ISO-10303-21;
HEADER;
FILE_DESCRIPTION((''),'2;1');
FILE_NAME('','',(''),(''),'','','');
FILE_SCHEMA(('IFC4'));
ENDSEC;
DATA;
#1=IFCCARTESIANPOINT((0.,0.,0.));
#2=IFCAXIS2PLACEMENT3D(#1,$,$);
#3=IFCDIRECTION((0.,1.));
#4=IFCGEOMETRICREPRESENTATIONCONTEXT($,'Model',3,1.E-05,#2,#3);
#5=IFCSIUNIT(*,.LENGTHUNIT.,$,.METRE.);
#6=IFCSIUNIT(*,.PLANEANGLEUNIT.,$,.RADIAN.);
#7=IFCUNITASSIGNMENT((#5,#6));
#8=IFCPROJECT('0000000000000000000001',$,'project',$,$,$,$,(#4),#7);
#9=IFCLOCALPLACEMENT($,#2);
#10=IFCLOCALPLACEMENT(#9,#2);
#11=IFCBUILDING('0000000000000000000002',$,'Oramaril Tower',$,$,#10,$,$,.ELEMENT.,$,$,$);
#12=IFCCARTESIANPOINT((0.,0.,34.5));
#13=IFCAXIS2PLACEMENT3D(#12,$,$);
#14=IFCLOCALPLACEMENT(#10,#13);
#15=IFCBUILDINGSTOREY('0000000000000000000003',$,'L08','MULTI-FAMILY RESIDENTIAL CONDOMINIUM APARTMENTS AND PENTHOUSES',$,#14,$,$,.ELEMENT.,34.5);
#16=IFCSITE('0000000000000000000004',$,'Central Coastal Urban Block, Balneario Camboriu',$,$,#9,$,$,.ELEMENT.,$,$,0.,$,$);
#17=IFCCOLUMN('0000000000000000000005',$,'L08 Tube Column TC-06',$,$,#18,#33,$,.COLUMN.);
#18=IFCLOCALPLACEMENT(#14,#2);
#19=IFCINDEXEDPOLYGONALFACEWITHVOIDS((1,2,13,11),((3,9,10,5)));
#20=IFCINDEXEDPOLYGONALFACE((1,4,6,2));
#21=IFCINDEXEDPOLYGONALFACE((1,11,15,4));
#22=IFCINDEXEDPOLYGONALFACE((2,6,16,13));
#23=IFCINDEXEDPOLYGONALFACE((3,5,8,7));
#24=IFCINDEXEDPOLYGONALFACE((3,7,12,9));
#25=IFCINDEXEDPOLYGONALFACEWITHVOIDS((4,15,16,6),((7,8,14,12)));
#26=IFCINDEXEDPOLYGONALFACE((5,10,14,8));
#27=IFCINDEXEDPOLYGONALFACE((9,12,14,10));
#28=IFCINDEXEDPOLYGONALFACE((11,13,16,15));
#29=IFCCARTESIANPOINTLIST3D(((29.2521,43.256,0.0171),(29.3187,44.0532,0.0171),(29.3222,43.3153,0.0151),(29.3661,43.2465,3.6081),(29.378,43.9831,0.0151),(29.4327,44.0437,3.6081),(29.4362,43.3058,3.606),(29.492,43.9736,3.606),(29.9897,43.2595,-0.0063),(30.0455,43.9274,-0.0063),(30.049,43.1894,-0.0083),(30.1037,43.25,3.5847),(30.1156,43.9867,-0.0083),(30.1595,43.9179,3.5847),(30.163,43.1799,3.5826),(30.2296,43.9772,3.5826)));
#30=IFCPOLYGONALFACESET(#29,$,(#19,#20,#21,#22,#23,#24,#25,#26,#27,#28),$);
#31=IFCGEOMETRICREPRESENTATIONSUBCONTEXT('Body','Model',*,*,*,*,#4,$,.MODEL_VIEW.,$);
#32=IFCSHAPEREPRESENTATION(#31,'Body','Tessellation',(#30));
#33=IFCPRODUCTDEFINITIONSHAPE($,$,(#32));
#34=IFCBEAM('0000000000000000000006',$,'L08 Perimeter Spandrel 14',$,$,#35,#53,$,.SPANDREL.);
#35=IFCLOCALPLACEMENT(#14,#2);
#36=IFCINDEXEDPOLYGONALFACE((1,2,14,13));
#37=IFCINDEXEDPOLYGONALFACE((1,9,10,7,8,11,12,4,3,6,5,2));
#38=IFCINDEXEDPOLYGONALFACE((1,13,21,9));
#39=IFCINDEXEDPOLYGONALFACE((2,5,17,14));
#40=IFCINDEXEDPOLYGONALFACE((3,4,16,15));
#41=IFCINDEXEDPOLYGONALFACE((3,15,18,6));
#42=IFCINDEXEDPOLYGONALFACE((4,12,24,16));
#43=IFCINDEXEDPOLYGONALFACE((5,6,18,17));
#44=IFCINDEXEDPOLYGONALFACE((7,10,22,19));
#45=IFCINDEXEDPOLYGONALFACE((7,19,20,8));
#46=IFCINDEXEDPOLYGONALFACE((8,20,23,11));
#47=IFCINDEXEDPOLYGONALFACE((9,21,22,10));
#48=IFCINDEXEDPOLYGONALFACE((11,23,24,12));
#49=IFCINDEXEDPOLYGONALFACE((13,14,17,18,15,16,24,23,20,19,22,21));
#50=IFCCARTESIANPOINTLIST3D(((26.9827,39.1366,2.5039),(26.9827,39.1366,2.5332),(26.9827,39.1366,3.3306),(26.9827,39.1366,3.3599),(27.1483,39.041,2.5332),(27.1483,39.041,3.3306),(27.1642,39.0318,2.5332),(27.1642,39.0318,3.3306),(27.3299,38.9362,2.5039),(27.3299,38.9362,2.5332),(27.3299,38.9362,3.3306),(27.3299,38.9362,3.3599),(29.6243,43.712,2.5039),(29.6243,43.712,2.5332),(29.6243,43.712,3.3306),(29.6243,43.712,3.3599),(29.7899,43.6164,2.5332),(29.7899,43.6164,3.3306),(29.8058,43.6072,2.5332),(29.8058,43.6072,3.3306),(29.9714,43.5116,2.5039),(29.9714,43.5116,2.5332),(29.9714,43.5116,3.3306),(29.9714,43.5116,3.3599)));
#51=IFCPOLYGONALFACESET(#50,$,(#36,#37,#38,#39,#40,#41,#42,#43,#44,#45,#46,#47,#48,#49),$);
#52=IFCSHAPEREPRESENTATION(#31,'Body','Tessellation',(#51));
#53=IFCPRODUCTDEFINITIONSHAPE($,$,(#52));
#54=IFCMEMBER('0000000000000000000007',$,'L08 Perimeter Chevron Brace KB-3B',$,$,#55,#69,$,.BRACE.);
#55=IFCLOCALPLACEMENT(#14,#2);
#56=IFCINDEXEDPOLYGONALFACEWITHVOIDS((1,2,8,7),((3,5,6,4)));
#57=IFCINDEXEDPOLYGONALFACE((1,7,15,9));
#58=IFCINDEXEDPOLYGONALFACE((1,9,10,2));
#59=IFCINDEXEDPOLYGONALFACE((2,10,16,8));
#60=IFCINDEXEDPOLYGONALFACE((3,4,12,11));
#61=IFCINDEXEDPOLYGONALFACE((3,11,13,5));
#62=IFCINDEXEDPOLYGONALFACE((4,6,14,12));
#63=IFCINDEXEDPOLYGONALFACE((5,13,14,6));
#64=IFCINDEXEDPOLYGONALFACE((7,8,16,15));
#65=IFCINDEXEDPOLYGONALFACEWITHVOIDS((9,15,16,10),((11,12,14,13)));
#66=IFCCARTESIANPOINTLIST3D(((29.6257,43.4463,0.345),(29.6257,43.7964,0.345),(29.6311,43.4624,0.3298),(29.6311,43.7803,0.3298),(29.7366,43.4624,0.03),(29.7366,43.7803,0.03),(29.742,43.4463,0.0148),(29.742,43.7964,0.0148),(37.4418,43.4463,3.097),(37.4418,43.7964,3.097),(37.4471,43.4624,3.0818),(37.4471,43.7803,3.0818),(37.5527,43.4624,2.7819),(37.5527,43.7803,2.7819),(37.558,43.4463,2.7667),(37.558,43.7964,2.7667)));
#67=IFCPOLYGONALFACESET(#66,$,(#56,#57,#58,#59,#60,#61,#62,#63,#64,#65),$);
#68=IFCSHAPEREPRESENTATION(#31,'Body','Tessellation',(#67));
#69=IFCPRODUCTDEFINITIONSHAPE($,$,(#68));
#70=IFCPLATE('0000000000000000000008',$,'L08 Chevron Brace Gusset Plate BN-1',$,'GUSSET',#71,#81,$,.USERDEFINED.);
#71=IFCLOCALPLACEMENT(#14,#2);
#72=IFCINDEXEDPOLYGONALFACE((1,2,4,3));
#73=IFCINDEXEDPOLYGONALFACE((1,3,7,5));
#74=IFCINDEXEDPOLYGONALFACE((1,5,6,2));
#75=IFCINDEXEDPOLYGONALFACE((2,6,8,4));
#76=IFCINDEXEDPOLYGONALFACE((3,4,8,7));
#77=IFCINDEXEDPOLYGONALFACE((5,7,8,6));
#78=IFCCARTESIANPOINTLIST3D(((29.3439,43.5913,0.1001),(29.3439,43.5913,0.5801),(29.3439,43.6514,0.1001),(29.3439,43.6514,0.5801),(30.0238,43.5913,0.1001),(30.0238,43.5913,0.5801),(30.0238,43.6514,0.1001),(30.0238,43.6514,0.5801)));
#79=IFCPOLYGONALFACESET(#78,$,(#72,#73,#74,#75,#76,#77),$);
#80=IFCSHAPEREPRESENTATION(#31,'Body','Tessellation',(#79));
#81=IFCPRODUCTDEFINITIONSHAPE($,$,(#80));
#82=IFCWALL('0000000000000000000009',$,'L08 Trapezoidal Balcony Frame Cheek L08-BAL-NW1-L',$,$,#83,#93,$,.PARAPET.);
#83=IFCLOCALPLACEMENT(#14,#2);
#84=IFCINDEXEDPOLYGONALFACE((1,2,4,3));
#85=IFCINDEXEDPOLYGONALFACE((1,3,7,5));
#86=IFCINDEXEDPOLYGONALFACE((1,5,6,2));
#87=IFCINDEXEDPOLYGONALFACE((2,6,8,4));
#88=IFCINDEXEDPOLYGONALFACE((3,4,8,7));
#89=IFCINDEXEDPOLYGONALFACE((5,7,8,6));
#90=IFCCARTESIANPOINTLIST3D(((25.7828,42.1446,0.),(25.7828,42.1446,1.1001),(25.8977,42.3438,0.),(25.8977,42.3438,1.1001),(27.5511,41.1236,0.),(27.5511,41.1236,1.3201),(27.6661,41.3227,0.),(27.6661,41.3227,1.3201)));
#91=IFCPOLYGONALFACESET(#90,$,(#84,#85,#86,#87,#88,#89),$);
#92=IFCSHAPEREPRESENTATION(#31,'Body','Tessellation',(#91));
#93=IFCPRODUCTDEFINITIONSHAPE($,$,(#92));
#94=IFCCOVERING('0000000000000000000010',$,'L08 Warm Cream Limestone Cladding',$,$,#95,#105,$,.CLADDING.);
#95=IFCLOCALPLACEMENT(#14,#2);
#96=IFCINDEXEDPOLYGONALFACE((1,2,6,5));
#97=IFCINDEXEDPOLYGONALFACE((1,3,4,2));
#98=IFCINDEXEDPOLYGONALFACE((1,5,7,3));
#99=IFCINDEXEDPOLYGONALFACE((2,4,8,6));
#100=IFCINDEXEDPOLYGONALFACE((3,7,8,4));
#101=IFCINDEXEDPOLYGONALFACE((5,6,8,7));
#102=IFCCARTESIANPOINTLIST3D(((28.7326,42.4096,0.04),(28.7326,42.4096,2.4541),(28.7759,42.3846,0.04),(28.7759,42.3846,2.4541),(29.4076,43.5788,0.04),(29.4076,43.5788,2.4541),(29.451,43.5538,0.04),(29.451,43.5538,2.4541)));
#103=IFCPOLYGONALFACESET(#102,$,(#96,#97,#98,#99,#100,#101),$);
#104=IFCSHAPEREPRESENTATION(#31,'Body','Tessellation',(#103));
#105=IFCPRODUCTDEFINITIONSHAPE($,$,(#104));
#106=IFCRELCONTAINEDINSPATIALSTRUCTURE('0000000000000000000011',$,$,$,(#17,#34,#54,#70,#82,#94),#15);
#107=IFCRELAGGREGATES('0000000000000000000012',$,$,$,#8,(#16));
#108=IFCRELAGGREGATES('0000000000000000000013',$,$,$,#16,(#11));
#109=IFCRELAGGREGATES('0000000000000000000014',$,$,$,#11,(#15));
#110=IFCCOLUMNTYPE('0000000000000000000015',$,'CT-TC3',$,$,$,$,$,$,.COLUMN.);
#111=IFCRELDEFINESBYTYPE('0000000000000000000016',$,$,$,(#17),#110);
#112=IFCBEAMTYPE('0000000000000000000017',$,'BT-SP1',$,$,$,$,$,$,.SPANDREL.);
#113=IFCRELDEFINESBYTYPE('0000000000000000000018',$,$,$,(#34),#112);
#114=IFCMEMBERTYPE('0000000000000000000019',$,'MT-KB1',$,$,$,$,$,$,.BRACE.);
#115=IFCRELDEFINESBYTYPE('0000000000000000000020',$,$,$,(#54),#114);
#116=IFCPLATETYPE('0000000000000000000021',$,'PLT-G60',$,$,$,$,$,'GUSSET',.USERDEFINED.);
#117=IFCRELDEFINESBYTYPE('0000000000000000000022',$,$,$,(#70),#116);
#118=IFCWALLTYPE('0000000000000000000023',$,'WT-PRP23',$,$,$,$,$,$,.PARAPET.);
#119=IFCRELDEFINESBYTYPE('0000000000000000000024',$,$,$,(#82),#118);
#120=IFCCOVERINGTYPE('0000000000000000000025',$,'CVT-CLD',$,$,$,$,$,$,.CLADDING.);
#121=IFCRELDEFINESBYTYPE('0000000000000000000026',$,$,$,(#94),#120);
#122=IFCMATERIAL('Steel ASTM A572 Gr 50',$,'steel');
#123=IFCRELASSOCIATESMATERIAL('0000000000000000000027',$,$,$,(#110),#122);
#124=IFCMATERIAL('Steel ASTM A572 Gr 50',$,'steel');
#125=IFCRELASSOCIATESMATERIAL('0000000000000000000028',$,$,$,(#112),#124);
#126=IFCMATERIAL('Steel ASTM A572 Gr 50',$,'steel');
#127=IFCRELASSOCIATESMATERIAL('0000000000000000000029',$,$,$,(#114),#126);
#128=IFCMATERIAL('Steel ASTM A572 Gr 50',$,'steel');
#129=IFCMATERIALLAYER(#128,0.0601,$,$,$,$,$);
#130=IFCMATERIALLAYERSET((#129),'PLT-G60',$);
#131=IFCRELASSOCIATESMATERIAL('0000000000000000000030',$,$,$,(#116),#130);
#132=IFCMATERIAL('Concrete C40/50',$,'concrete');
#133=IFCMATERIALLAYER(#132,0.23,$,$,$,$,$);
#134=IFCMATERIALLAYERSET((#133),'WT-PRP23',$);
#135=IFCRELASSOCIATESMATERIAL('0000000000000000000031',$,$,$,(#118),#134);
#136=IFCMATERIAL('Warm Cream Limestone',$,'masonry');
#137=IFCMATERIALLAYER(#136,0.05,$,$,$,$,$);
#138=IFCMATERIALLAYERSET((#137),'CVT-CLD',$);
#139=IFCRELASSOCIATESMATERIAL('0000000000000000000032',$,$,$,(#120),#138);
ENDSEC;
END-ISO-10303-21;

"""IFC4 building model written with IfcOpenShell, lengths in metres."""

from ifc_helpers import new_model, si_unit, direction, frame, origin, origin_2d, place, context, subcontext, project, spatial, polyline, rectangle, hollow_rectangle, i_section, outline, extrude, material, layer, layer_set, material_profile, profile_set, type_object, element, save


model = new_model("IFC4")

# Units and contexts
model_context = context("Model", 3, precision=1e-05, world=origin(), true_north=direction((0.0, 1.0)))
body_context = subcontext(model_context, "Body", "Model", "MODEL_VIEW")
ifc_project = project(units=[si_unit("LENGTHUNIT", "METRE"), si_unit("PLANEANGLEUNIT", "RADIAN")], contexts=[model_context])

# Site, building, storey
site_placement = place(None, origin())
site = spatial("IfcSite", under=ifc_project, at=site_placement, Name="Central Coastal Urban Block, Balneario Camboriu", CompositionType="ELEMENT", RefElevation=0.0)
building_placement = place(site_placement, origin())
building = spatial("IfcBuilding", under=site, at=building_placement, Name="Oramaril Tower", CompositionType="ELEMENT")
storey_placement = place(building_placement, frame((0.0, 0.0, 34.5)))
storey = spatial("IfcBuildingStorey", under=building, at=storey_placement, Name="L08", Description="MULTI-FAMILY RESIDENTIAL CONDOMINIUM APARTMENTS AND PENTHOUSES", CompositionType="ELEMENT", Elevation=34.5)

# Column
ifc_material_1 = material(Name="Steel ASTM A572 Gr 50", Category="steel")
ifc_material_profile_1 = material_profile(ifc_material_1, hollow_rectangle(XDim=0.8, YDim=0.8, WallThickness=0.0649, at=origin_2d()), Name="BOX800X800X65")
ifc_profile_set_1 = profile_set([ifc_material_profile_1], Name="Steel ASTM A572 Gr 50")
column_type = type_object("IfcColumnType", Name="CT-TC3", PredefinedType="COLUMN", material=ifc_profile_set_1)
column_placement = place(storey_placement, frame((29.6838, 43.6213, 0.0044), z_axis=(0.031733, -0.00265, 0.999493), x_axis=(0.083222, 0.996531, 0.0)))
element("IfcColumn", 1, at=column_placement, inside=storey, type_object=column_type, Name="L08 Tube Column TC-06", PredefinedType="COLUMN", context=body_context, shape_type="SweptSolid", body=[
    extrude(hollow_rectangle(XDim=0.8, YDim=0.8, WallThickness=0.0649, at=origin_2d()), origin(), (0.0, 0.0, 1.0), 3.5928),
])

# Beam
ifc_material_2 = material(Name="Steel ASTM A572 Gr 50", Category="steel")
ifc_material_profile_2 = material_profile(ifc_material_2, i_section(OverallWidth=0.4009, OverallDepth=0.856, WebThickness=0.0183, FlangeThickness=0.0293, at=origin_2d()), Name="W33X201")
ifc_profile_set_2 = profile_set([ifc_material_profile_2], Name="Steel ASTM A572 Gr 50")
beam_type = type_object("IfcBeamType", Name="BT-SP1", PredefinedType="SPANDREL", material=ifc_profile_set_2)
beam_placement = place(storey_placement, frame((29.7979, 43.6118, 2.9319), z_axis=(-0.499996, -0.866028, 0.0), x_axis=(0.866028, -0.499996, 0.0)))
element("IfcBeam", 2, at=beam_placement, inside=storey, type_object=beam_type, Name="L08 Perimeter Spandrel 14", PredefinedType="SPANDREL", context=body_context, shape_type="SweptSolid", body=[
    extrude(i_section(OverallWidth=0.4009, OverallDepth=0.856, WebThickness=0.0183, FlangeThickness=0.0293, at=origin_2d()), origin(), (0.0, 0.0, 1.0), 5.2832),
])

# Member
ifc_material_3 = material(Name="Steel ASTM A572 Gr 50", Category="steel")
ifc_material_profile_3 = material_profile(ifc_material_3, hollow_rectangle(XDim=0.3501, YDim=0.3501, WallThickness=0.0161, at=origin_2d()), Name="HSS350X350X16")
ifc_profile_set_3 = profile_set([ifc_material_profile_3], Name="Steel ASTM A572 Gr 50")
member_type = type_object("IfcMemberType", Name="MT-KB1", PredefinedType="BRACE", material=ifc_profile_set_3)
member_placement = place(storey_placement, frame((29.6838, 43.6213, 0.1799), z_axis=(0.943244, 0.0, 0.332102), x_axis=(0.0, 1.0, 0.0)))
element("IfcMember", 3, at=member_placement, inside=storey, type_object=member_type, Name="L08 Perimeter Chevron Brace KB-3B", PredefinedType="BRACE", context=body_context, shape_type="SweptSolid", body=[
    extrude(hollow_rectangle(XDim=0.3501, YDim=0.3501, WallThickness=0.0161, at=origin_2d()), origin(), (0.0, 0.0, 1.0), 8.2864),
])

# Plate
ifc_material_4 = material(Name="Steel ASTM A572 Gr 50", Category="steel")
ifc_layer_1 = layer(ifc_material_4, 0.0601)
ifc_layer_set_1 = layer_set([ifc_layer_1], Name="PLT-G60")
plate_type = type_object("IfcPlateType", Name="PLT-G60", ElementType="GUSSET", PredefinedType="USERDEFINED", material=ifc_layer_set_1)
plate_placement = place(storey_placement, frame((29.6838, 43.6213, 0.1001), z_axis=(0.0, 0.0, 1.0), x_axis=(-1.0, 0.0, 0.0)))
element("IfcPlate", 4, at=plate_placement, inside=storey, type_object=plate_type, Name="L08 Chevron Brace Gusset Plate BN-1", ObjectType="GUSSET", PredefinedType="USERDEFINED", context=body_context, shape_type="SweptSolid", body=[
    extrude(rectangle(XDim=0.6799, YDim=0.0601, at=origin_2d()), origin(), (0.0, 0.0, 1.0), 0.48),
])

# Wall
ifc_material_5 = material(Name="Concrete C40/50", Category="concrete")
ifc_layer_2 = layer(ifc_material_5, 0.23)
ifc_layer_set_2 = layer_set([ifc_layer_2], Name="WT-PRP23")
wall_type_1 = type_object("IfcWallType", Name="WT-PRP23", PredefinedType="PARAPET", material=ifc_layer_set_2)
wall_1_placement = place(storey_placement, frame((27.6086, 41.2231, 0.0), z_axis=(0.0, 0.0, 1.0), x_axis=(-0.866012, 0.500023, 0.0)))
element("IfcWall", 5, at=wall_1_placement, inside=storey, type_object=wall_type_1, Name="L08 Trapezoidal Balcony Frame Cheek L08-BAL-NW1-L", PredefinedType="PARAPET", context=body_context, shape_type="SweptSolid", body=[
    extrude(outline(polyline([(0.0, 0.0), (2.042, 0.0), (2.042, 1.1001), (0.0, 1.3201), (0.0, 0.0)])), frame((0.0, 0.115, 0.0), z_axis=(0.0, -1.0, 0.0), x_axis=(1.0, 0.0, 0.0)), (0.0, 0.0, 1.0), 0.23),
])

# Covering
ifc_material_6 = material(Name="Warm Cream Limestone", Category="masonry")
ifc_layer_3 = layer(ifc_material_6, 0.05)
ifc_layer_set_3 = layer_set([ifc_layer_3], Name="CVT-CLD")
covering_type = type_object("IfcCoveringType", Name="CVT-CLD", PredefinedType="CLADDING", material=ifc_layer_set_3)
covering_placement = place(storey_placement, frame((29.0918, 42.9817, 0.04), z_axis=(0.0, 0.0, 1.0), x_axis=(-0.5, -0.866025, 0.0)))
element("IfcCovering", 6, at=covering_placement, inside=storey, type_object=covering_type, Name="L08 Warm Cream Limestone Cladding", PredefinedType="CLADDING", context=body_context, shape_type="SweptSolid", body=[
    extrude(rectangle(XDim=1.3501, YDim=0.05, at=origin_2d()), origin(), (0.0, 0.0, 1.0), 2.4141),
])

save(model, "model.ifc")
